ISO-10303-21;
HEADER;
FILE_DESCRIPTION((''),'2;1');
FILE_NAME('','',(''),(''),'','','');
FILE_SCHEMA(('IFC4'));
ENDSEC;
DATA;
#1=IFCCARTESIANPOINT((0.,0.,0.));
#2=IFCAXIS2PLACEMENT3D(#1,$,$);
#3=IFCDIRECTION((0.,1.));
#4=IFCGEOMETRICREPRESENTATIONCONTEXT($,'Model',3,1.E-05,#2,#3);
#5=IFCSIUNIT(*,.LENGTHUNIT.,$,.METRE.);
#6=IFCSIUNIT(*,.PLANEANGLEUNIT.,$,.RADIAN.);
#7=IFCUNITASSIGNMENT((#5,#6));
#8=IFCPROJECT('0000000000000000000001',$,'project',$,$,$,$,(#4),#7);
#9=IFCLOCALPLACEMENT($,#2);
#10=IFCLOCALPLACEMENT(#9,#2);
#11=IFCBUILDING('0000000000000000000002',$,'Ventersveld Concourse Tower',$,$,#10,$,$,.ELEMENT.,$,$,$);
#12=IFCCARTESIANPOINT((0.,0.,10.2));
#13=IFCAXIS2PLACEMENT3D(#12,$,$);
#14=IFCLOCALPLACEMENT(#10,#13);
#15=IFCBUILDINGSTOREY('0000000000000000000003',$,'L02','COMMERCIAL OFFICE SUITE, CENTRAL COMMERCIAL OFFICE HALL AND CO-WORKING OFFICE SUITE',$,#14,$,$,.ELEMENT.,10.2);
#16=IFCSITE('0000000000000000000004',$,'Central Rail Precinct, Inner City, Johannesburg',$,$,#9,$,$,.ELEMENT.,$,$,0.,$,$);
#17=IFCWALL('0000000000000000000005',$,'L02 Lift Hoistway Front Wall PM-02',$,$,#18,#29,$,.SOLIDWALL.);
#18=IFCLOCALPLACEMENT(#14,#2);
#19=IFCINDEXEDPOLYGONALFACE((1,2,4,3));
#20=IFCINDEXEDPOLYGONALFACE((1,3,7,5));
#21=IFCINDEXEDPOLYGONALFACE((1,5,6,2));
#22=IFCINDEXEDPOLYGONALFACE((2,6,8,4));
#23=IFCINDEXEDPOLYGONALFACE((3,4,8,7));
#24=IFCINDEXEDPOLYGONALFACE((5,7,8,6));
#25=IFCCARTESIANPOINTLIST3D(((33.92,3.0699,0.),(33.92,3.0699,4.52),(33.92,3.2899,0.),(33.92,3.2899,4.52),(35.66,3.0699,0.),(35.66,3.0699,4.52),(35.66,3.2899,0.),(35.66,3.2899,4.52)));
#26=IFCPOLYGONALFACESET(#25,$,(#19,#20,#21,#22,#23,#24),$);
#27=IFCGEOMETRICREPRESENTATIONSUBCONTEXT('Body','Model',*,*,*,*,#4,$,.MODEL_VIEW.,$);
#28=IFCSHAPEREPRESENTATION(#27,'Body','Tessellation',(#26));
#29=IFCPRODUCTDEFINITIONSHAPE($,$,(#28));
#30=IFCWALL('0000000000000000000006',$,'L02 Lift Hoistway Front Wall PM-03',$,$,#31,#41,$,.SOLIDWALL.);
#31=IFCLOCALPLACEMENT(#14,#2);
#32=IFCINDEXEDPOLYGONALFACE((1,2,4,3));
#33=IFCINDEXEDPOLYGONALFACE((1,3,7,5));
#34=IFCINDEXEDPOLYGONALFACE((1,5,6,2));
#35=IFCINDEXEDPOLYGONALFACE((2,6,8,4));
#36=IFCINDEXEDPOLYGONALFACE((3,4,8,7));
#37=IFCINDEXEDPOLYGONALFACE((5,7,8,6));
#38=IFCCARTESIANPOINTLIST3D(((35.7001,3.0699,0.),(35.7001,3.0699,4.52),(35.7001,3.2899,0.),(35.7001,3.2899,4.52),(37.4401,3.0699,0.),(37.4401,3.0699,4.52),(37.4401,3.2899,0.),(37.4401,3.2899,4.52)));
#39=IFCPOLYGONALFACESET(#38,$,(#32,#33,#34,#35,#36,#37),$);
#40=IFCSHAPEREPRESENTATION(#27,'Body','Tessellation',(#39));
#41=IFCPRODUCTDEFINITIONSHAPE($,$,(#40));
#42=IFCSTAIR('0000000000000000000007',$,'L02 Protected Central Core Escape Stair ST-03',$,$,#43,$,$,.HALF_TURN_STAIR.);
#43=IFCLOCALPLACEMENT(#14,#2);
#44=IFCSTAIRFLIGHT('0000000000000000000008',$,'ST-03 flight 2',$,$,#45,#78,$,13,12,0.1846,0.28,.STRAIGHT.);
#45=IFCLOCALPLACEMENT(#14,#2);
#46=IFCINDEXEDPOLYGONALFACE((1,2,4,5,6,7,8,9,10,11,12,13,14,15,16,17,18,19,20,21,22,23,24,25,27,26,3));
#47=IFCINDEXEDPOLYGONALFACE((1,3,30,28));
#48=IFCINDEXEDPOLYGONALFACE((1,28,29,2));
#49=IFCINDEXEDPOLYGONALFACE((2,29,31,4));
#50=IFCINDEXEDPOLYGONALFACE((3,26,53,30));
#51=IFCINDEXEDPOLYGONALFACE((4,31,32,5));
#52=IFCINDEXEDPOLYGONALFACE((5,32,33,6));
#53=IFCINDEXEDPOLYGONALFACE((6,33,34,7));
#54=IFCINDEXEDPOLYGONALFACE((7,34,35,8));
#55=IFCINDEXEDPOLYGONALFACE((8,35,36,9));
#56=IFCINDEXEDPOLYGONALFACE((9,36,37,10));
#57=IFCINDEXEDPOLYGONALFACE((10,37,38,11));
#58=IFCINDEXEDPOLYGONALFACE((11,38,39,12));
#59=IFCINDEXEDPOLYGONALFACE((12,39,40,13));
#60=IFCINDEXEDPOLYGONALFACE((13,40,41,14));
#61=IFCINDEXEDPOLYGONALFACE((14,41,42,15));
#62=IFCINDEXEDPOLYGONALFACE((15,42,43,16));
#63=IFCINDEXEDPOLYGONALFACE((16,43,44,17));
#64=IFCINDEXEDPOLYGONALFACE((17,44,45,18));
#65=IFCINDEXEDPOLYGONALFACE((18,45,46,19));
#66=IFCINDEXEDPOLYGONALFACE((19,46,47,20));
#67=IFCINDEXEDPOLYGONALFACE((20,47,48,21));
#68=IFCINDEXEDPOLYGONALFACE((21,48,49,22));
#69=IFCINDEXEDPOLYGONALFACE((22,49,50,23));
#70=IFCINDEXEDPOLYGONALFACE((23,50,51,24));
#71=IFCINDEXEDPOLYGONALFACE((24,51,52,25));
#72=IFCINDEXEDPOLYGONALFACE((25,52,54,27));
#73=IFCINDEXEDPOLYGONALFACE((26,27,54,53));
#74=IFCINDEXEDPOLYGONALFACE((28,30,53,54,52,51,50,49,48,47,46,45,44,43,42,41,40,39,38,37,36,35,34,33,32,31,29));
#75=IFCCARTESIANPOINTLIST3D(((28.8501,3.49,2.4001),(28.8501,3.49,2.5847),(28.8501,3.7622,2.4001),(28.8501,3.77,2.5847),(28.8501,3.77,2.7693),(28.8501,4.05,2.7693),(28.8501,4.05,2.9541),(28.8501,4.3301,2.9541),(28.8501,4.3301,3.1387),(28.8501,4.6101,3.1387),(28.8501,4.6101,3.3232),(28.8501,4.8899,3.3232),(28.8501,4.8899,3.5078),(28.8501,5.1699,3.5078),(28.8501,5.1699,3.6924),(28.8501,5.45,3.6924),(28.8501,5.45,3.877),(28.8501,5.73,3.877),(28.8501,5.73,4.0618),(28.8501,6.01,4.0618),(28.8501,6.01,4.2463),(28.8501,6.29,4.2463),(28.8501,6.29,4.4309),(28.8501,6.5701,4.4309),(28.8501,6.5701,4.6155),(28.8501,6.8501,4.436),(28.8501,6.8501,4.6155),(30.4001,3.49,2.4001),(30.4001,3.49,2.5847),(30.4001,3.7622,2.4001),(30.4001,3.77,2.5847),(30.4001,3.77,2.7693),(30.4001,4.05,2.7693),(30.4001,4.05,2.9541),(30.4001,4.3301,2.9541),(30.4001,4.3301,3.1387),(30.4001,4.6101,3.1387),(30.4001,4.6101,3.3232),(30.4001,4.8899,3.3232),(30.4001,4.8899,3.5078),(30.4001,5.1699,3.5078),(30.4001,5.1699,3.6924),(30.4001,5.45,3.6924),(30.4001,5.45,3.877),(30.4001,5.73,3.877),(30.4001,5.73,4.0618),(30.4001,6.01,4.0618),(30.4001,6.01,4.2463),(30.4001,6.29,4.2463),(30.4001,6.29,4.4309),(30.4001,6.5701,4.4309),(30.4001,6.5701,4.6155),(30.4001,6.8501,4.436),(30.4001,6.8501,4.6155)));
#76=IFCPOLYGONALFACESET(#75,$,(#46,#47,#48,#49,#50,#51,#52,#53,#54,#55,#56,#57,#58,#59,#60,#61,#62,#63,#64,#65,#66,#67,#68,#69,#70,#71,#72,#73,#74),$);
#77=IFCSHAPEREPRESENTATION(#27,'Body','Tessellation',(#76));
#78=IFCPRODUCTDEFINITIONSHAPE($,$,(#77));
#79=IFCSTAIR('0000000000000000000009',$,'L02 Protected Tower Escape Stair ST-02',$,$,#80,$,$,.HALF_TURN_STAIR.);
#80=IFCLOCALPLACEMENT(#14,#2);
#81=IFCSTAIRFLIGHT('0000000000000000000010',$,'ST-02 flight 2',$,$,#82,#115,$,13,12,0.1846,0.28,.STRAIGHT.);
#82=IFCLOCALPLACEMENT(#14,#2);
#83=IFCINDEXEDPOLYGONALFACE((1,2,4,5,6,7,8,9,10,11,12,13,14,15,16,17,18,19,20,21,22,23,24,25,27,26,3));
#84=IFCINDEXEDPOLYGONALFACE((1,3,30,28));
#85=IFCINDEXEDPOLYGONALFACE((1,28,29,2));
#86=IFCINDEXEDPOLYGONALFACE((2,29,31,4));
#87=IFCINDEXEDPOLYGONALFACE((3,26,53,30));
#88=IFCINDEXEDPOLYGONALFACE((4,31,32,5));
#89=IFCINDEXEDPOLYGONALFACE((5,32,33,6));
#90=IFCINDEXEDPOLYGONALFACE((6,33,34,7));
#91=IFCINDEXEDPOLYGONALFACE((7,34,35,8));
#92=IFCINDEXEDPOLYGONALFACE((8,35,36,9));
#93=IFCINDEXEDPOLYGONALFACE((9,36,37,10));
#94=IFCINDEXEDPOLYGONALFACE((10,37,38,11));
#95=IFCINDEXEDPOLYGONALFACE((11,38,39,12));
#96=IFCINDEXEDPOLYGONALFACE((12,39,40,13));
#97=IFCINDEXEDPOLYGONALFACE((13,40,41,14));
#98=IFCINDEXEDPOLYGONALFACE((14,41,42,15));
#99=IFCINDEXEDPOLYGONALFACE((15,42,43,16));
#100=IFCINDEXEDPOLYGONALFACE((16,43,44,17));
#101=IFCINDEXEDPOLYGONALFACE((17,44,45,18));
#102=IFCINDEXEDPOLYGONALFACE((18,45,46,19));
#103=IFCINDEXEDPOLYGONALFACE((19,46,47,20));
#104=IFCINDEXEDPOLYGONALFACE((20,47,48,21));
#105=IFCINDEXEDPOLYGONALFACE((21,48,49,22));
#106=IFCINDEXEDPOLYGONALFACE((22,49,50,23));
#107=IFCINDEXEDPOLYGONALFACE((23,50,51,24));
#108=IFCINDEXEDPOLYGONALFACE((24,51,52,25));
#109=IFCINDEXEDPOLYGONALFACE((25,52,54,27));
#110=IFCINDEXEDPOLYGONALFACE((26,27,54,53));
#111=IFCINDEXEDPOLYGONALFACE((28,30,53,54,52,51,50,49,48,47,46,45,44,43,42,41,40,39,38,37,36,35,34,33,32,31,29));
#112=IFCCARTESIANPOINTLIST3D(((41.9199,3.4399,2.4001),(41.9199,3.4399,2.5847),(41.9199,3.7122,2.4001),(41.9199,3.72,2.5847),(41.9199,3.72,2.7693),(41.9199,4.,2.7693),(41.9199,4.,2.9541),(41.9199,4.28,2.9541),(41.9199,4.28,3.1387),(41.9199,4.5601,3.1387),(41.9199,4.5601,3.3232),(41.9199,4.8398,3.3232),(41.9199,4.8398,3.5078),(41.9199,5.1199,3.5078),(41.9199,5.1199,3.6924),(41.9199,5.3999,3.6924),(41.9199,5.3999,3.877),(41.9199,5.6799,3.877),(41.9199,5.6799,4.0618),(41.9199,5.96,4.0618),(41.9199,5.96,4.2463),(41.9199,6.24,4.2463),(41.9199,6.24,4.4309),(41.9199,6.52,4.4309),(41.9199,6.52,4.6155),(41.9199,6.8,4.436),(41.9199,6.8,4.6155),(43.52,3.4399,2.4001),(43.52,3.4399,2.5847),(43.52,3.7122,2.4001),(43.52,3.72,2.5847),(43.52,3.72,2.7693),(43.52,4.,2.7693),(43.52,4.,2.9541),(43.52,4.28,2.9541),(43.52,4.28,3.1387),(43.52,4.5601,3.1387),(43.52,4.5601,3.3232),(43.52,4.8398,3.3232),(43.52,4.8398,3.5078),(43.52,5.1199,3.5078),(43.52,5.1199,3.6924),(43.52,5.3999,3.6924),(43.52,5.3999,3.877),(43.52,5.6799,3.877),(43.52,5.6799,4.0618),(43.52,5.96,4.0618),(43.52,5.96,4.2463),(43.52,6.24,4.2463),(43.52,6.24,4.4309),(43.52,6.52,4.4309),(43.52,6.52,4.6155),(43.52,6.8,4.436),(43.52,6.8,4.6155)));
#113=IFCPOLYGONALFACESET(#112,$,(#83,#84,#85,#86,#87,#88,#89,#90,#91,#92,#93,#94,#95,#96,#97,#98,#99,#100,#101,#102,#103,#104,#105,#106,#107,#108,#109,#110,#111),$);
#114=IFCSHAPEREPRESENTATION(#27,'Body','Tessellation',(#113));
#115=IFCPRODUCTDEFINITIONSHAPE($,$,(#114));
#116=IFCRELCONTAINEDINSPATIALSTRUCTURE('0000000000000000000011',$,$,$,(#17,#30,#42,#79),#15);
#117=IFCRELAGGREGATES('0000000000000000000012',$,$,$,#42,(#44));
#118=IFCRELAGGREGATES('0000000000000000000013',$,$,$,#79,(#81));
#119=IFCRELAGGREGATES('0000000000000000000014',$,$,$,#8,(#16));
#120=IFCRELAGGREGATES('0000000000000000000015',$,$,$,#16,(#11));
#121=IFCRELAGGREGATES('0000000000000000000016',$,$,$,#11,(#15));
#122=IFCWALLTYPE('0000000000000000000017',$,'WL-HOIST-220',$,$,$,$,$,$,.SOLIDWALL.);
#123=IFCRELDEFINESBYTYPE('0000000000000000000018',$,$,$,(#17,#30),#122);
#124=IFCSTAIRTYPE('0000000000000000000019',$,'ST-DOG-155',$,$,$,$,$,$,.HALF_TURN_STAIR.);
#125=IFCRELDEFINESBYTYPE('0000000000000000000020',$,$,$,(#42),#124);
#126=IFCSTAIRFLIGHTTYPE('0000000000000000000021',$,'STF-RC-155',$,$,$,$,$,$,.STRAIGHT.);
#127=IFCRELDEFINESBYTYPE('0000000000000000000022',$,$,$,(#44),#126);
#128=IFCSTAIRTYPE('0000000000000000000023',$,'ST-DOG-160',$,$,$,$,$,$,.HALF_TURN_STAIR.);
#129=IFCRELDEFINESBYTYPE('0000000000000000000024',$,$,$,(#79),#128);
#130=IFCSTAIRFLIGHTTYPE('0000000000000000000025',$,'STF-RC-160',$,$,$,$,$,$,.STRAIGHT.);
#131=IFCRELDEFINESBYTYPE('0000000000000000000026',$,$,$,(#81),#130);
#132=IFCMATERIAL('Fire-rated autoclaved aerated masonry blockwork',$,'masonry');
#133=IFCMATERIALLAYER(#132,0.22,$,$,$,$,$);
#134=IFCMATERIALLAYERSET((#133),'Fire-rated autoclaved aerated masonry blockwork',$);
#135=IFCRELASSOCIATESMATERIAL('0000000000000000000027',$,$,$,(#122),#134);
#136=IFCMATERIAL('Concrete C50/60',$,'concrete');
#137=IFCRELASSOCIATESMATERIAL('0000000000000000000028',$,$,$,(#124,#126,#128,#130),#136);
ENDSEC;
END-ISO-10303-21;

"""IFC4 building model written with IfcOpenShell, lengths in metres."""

from ifc_helpers import new_model, si_unit, direction, frame, frame_2d, origin, place, context, subcontext, project, spatial, polyline, rectangle, outline, extrude, material, layer, layer_set, type_object, element, aggregate, save


model = new_model("IFC4")

# Units and contexts
model_context = context("Model", 3, precision=1e-05, world=origin(), true_north=direction((0.0, 1.0)))
body_context = subcontext(model_context, "Body", "Model", "MODEL_VIEW")
ifc_project = project(units=[si_unit("LENGTHUNIT", "METRE"), si_unit("PLANEANGLEUNIT", "RADIAN")], contexts=[model_context])

# Site, building, storey
site_placement = place(None, origin())
site = spatial("IfcSite", under=ifc_project, at=site_placement, Name="Central Rail Precinct, Inner City, Johannesburg", CompositionType="ELEMENT", RefElevation=0.0)
building_placement = place(site_placement, origin())
building = spatial("IfcBuilding", under=site, at=building_placement, Name="Ventersveld Concourse Tower", CompositionType="ELEMENT")
storey_placement = place(building_placement, frame((0.0, 0.0, 10.2)))
storey = spatial("IfcBuildingStorey", under=building, at=storey_placement, Name="L02", Description="COMMERCIAL OFFICE SUITE, CENTRAL COMMERCIAL OFFICE HALL AND CO-WORKING OFFICE SUITE", CompositionType="ELEMENT", Elevation=10.2)

# Shared definitions
ifc_material_1 = material(Name="Concrete C50/60", Category="concrete")

# Shared definitions
ifc_material_2 = material(Name="Fire-rated autoclaved aerated masonry blockwork", Category="masonry")

# Walls
ifc_layer_1 = layer(ifc_material_2, 0.22)
ifc_layer_set_1 = layer_set([ifc_layer_1], Name="Fire-rated autoclaved aerated masonry blockwork")
wall_type_1 = type_object("IfcWallType", Name="WL-HOIST-220", PredefinedType="SOLIDWALL", material=ifc_layer_set_1)
for number, where, z_axis, x_axis, name in (
    (1, (33.9199, 3.1799, 0.0), (0.0, 0.0, 1.0), (1.0, 0.0, 0.0), "L02 Lift Hoistway Front Wall PM-02"),
    (2, (35.7, 3.1799, 0.0), (0.0, 0.0, 1.0), (1.0, 0.0, 0.0), "L02 Lift Hoistway Front Wall PM-03"),
):
    element("IfcWall", number, at=place(storey_placement, frame(where, z_axis=z_axis, x_axis=x_axis)), inside=storey, type_object=wall_type_1, Name=name, PredefinedType="SOLIDWALL", context=body_context, shape_type="SweptSolid", body=[
        extrude(rectangle(XDim=1.74, YDim=0.22, at=frame_2d((0.8701, 0.0))), origin(), (0.0, 0.0, 1.0), 4.52),
    ])

# Stairs, stair flights
stair_type_1 = type_object("IfcStairType", Name="ST-DOG-155", PredefinedType="HALF_TURN_STAIR", material=ifc_material_1)
stair_1_placement = place(storey_placement, origin())
stair_1 = element("IfcStair", 3, at=stair_1_placement, inside=storey, type_object=stair_type_1, Name="L02 Protected Central Core Escape Stair ST-03", PredefinedType="HALF_TURN_STAIR")
stair_flight_type_1 = type_object("IfcStairFlightType", Name="STF-RC-155", PredefinedType="STRAIGHT", material=ifc_material_1)
stair_flight_1_placement = place(storey_placement, frame((29.625, 3.49, 2.4001), z_axis=(0.0, 0.0, 1.0), x_axis=(0.0, 1.0, 0.0)))
stair_flight_1 = element("IfcStairFlight", 4, at=stair_flight_1_placement, type_object=stair_flight_type_1, Name="ST-03 flight 2", NumberOfRisers=13, NumberOfTreads=12, PredefinedType="STRAIGHT", RiserHeight=0.1846, TreadLength=0.28, context=body_context, shape_type="SweptSolid", body=[
    extrude(outline(polyline([(0.0, 0.0), (0.0, 0.1846), (0.28, 0.1846), (0.28, 0.3691), (0.5601, 0.3691), (0.5601, 0.554), (0.8401, 0.554), (0.8401, 0.7385), (1.1201, 0.7385), (1.1201, 0.9231), (1.3999, 0.9231), (1.3999, 1.1077), (1.6799, 1.1077), (1.6799, 1.2922), (1.96, 1.2922), (1.96, 1.4768), (2.24, 1.4768), (2.24, 1.6616), (2.52, 1.6616), (2.52, 1.8462), (2.8, 1.8462), (2.8, 2.0308), (3.0801, 2.0308), (3.0801, 2.2153), (3.3601, 2.2153), (3.3601, 2.3999), (3.3601, 2.0359), (0.2722, 0.0), (0.0, 0.0)])), frame((0.0, 0.7749, 0.0), z_axis=(0.0, -1.0, 0.0), x_axis=(1.0, 0.0, 0.0)), (0.0, 0.0, 1.0), 1.55),
])
aggregate(stair_1, [stair_flight_1])
stair_type_2 = type_object("IfcStairType", Name="ST-DOG-160", PredefinedType="HALF_TURN_STAIR", material=ifc_material_1)
stair_2_placement = place(storey_placement, origin())
stair_2 = element("IfcStair", 5, at=stair_2_placement, inside=storey, type_object=stair_type_2, Name="L02 Protected Tower Escape Stair ST-02", PredefinedType="HALF_TURN_STAIR")
stair_flight_type_2 = type_object("IfcStairFlightType", Name="STF-RC-160", PredefinedType="STRAIGHT", material=ifc_material_1)
stair_flight_2_placement = place(storey_placement, frame((42.72, 3.4399, 2.4001), z_axis=(0.0, 0.0, 1.0), x_axis=(0.0, 1.0, 0.0)))
stair_flight_2 = element("IfcStairFlight", 6, at=stair_flight_2_placement, type_object=stair_flight_type_2, Name="ST-02 flight 2", NumberOfRisers=13, NumberOfTreads=12, PredefinedType="STRAIGHT", RiserHeight=0.1846, TreadLength=0.28, context=body_context, shape_type="SweptSolid", body=[
    extrude(outline(polyline([(0.0, 0.0), (0.0, 0.1846), (0.28, 0.1846), (0.28, 0.3691), (0.5601, 0.3691), (0.5601, 0.554), (0.8401, 0.554), (0.8401, 0.7385), (1.1201, 0.7385), (1.1201, 0.9231), (1.3999, 0.9231), (1.3999, 1.1077), (1.6799, 1.1077), (1.6799, 1.2922), (1.96, 1.2922), (1.96, 1.4768), (2.24, 1.4768), (2.24, 1.6616), (2.52, 1.6616), (2.52, 1.8462), (2.8, 1.8462), (2.8, 2.0308), (3.0801, 2.0308), (3.0801, 2.2153), (3.3601, 2.2153), (3.3601, 2.3999), (3.3601, 2.0359), (0.2722, 0.0), (0.0, 0.0)])), frame((0.0, 0.8, 0.0), z_axis=(0.0, -1.0, 0.0), x_axis=(1.0, 0.0, 0.0)), (0.0, 0.0, 1.0), 1.6001),
])
aggregate(stair_2, [stair_flight_2])

save(model, "model.ifc")
